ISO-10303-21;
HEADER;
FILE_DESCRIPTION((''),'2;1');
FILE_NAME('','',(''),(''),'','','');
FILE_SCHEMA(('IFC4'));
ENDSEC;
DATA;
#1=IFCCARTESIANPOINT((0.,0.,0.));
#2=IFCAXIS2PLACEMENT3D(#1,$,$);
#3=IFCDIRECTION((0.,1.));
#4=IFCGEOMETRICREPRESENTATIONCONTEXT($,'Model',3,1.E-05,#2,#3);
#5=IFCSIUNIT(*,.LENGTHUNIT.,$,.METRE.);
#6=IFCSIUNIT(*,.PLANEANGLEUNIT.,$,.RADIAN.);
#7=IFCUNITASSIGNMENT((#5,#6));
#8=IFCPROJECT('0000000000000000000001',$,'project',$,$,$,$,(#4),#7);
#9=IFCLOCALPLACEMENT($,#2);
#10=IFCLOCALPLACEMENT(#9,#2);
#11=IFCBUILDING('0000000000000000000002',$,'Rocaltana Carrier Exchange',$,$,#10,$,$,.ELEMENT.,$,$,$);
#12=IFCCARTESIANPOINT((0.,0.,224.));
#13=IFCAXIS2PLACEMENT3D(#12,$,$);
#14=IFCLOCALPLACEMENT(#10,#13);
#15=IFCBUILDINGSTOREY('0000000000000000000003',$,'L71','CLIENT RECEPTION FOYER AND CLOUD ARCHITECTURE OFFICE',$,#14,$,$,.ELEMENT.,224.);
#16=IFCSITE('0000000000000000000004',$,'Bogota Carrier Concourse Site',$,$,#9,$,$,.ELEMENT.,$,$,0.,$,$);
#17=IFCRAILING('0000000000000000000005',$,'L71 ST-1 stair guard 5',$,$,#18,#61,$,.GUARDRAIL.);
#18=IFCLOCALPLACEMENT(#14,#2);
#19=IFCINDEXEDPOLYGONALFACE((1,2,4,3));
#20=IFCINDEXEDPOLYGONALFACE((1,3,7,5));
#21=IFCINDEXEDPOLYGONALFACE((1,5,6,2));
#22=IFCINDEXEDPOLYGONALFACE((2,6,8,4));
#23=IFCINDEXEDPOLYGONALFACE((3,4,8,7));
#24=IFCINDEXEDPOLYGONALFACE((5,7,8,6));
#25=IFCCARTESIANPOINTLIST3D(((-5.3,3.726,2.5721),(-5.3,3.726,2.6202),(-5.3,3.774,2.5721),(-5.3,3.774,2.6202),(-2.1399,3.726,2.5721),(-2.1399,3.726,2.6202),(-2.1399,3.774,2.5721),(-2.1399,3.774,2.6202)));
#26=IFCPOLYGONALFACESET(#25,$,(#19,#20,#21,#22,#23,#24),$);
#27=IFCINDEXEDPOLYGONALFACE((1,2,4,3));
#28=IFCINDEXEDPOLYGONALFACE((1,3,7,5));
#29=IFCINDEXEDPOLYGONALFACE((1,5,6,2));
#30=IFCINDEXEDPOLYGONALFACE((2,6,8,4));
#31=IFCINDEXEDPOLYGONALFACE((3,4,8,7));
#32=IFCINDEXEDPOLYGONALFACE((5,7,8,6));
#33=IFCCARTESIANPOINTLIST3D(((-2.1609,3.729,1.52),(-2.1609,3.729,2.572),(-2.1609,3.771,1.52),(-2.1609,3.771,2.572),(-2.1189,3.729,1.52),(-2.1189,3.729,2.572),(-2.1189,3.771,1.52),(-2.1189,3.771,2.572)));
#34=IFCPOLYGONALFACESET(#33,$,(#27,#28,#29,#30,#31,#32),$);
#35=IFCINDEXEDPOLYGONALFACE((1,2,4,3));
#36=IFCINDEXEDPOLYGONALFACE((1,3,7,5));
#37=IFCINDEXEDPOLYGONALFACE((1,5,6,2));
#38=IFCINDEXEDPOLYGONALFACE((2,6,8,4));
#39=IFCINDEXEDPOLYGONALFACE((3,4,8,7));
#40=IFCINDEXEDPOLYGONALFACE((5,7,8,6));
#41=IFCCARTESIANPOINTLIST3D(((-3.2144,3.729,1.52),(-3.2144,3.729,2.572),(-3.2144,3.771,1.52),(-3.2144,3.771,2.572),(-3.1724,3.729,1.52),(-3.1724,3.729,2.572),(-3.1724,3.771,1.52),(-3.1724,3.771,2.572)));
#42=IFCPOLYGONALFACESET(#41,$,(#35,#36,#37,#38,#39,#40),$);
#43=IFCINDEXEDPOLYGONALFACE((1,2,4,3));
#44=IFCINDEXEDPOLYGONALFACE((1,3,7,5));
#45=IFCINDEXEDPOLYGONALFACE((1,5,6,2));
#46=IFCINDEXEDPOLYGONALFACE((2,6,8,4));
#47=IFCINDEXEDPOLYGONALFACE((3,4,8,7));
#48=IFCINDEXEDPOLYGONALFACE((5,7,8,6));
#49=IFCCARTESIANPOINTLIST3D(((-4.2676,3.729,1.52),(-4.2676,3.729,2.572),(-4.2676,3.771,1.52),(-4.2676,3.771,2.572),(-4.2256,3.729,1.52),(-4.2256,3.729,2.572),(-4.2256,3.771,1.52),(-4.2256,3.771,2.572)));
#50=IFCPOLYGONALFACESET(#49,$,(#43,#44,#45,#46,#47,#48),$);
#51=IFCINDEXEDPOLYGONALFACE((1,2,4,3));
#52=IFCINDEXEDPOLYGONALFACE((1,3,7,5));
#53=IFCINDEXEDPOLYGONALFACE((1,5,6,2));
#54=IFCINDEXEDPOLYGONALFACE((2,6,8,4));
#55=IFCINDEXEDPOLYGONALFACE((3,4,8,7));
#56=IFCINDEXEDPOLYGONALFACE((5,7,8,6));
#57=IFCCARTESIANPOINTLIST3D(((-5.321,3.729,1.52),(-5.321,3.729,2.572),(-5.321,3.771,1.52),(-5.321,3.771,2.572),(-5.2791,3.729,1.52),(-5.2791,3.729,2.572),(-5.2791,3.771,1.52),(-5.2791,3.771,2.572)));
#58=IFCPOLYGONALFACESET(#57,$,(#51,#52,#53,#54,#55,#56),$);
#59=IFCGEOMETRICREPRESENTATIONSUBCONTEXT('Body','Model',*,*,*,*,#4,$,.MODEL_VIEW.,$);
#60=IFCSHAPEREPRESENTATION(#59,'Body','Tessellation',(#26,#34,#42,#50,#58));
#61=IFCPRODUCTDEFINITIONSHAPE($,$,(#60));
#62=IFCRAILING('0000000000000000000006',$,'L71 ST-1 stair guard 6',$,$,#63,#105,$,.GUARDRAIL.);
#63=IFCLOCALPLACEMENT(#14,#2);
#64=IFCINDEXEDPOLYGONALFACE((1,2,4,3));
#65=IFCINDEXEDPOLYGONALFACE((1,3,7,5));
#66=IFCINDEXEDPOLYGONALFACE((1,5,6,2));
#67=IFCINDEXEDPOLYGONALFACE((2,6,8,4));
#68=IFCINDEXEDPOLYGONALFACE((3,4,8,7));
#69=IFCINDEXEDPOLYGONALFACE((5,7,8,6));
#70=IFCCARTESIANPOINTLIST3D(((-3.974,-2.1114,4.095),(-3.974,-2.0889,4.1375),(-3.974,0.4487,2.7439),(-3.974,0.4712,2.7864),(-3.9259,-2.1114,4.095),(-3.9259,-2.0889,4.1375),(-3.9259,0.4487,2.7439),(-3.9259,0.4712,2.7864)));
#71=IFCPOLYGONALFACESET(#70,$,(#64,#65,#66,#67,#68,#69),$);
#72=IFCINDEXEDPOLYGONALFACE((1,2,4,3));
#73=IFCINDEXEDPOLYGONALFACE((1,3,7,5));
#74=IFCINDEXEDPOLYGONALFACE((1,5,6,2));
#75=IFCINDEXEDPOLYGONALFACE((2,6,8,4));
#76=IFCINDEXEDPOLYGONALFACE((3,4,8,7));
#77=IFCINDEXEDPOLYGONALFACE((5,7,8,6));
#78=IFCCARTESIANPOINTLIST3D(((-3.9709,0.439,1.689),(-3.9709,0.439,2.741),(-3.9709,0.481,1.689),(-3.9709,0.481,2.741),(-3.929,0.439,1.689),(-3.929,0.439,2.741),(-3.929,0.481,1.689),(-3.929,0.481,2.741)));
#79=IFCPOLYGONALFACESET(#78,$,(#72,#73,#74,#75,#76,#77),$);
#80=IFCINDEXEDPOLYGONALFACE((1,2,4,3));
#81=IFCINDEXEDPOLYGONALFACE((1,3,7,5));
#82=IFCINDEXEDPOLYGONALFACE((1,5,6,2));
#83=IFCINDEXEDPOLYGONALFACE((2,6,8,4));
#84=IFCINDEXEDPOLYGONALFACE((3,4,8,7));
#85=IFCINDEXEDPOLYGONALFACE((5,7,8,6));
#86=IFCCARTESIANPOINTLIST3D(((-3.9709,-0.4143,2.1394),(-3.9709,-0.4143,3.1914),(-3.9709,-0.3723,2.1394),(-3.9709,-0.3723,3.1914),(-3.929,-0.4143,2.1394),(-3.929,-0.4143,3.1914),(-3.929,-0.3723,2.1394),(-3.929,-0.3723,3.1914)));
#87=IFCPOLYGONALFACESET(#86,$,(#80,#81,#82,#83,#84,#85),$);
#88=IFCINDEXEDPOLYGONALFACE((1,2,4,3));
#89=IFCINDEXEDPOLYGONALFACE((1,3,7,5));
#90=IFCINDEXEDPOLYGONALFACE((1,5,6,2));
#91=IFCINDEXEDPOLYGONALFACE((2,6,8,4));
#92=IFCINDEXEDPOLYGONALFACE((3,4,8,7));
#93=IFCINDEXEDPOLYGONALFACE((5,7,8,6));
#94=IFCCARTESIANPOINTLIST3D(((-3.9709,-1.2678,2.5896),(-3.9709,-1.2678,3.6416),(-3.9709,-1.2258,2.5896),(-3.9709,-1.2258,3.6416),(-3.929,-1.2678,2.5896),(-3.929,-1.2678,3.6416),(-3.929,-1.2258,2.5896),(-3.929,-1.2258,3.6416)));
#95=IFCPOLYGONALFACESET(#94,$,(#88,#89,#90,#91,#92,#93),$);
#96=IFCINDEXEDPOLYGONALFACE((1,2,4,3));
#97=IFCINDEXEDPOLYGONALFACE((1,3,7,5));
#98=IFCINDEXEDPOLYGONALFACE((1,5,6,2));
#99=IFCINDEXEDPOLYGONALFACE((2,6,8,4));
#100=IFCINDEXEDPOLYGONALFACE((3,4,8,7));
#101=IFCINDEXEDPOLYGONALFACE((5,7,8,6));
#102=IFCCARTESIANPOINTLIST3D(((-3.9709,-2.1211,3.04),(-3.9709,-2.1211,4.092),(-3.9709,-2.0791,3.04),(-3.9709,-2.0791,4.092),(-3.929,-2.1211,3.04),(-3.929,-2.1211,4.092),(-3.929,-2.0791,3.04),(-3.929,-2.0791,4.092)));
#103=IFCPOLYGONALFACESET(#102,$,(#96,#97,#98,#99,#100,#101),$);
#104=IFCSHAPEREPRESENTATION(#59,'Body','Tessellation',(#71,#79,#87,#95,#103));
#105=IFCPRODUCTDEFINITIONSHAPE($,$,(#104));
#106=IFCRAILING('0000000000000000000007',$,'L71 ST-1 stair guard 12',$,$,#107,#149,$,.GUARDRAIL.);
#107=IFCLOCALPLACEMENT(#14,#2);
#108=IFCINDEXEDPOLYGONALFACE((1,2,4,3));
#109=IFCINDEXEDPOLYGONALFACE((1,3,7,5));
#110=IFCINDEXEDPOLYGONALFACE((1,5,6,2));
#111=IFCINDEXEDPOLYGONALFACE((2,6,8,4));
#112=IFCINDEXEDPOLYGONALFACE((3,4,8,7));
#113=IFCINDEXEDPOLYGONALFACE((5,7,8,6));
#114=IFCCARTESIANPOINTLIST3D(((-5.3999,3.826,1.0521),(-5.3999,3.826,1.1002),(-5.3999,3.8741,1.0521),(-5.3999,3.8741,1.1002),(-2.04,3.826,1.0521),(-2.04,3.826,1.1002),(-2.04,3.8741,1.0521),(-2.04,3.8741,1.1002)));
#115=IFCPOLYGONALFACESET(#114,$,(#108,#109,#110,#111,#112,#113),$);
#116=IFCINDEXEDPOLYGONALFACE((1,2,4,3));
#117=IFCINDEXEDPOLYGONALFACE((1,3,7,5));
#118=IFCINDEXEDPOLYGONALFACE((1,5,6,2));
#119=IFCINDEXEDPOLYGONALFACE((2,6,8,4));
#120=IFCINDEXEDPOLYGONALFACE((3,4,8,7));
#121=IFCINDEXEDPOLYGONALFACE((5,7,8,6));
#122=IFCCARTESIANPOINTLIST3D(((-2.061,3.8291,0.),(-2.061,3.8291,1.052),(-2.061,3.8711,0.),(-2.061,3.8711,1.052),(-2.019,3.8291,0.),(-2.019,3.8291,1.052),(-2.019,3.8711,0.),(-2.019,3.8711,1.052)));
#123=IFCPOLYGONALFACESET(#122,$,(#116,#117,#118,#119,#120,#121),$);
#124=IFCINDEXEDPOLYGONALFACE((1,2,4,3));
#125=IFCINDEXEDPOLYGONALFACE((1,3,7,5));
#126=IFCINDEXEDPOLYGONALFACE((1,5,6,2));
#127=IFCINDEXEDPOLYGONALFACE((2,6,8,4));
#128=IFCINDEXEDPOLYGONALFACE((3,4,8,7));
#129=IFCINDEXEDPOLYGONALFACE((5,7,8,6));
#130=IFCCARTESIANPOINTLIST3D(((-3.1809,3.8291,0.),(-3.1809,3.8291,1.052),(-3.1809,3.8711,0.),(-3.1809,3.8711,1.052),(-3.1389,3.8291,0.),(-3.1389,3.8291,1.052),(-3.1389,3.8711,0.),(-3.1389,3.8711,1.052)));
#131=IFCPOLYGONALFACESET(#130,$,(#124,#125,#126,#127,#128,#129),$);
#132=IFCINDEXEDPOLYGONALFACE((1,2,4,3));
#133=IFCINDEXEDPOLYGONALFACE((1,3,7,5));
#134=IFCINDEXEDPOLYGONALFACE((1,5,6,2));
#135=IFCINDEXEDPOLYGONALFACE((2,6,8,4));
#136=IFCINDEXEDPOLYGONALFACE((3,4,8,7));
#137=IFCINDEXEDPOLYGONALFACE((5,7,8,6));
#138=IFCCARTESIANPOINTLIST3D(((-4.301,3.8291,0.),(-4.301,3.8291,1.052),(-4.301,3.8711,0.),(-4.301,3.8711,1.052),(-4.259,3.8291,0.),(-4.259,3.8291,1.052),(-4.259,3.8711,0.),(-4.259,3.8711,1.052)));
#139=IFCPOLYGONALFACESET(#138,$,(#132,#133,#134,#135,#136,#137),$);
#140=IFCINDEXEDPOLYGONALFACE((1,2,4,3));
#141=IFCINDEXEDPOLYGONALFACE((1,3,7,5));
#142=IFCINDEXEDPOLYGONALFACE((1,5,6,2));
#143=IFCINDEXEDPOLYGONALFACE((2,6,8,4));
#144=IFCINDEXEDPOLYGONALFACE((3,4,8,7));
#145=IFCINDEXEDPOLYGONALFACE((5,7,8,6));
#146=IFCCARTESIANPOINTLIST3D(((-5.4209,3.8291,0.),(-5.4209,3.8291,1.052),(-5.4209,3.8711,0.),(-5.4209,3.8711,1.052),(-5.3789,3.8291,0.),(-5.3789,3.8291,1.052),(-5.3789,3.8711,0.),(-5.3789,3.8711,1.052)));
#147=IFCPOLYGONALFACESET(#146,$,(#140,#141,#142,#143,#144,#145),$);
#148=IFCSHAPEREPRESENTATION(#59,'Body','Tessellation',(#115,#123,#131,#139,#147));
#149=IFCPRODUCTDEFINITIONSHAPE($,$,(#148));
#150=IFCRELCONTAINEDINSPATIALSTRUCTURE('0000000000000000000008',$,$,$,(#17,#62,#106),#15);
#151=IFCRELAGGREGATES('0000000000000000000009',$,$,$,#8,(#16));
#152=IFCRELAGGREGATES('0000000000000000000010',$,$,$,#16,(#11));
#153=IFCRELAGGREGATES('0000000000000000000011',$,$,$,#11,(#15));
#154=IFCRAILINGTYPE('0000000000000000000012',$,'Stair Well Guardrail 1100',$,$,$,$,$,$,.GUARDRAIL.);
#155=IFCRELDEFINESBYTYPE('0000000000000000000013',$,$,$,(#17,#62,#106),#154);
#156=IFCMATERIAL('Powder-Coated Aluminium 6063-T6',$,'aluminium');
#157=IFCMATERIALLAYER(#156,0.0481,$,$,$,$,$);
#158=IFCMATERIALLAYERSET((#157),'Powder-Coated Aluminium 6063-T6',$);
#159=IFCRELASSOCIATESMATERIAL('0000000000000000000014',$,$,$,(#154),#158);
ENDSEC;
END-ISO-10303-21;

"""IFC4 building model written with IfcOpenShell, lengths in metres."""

from ifc_helpers import new_model, si_unit, direction, frame, origin, origin_2d, place, context, subcontext, project, spatial, rectangle, extrude, material, layer, layer_set, type_object, element, save


model = new_model("IFC4")

# Units and contexts
model_context = context("Model", 3, precision=1e-05, world=origin(), true_north=direction((0.0, 1.0)))
body_context = subcontext(model_context, "Body", "Model", "MODEL_VIEW")
ifc_project = project(units=[si_unit("LENGTHUNIT", "METRE"), si_unit("PLANEANGLEUNIT", "RADIAN")], contexts=[model_context])

# Site, building, storey
site_placement = place(None, origin())
site = spatial("IfcSite", under=ifc_project, at=site_placement, Name="Bogota Carrier Concourse Site", CompositionType="ELEMENT", RefElevation=0.0)
building_placement = place(site_placement, origin())
building = spatial("IfcBuilding", under=site, at=building_placement, Name="Rocaltana Carrier Exchange", CompositionType="ELEMENT")
storey_placement = place(building_placement, frame((0.0, 0.0, 224.0)))
storey = spatial("IfcBuildingStorey", under=building, at=storey_placement, Name="L71", Description="CLIENT RECEPTION FOYER AND CLOUD ARCHITECTURE OFFICE", CompositionType="ELEMENT", Elevation=224.0)

# Railings
ifc_material_1 = material(Name="Powder-Coated Aluminium 6063-T6", Category="aluminium")
ifc_layer_1 = layer(ifc_material_1, 0.0481)
ifc_layer_set_1 = layer_set([ifc_layer_1], Name="Powder-Coated Aluminium 6063-T6")
railing_type_1 = type_object("IfcRailingType", Name="Stair Well Guardrail 1100", PredefinedType="GUARDRAIL", material=ifc_layer_set_1)
railing_1_placement = place(storey_placement, frame((-2.1399, 3.75, 1.52)))
element("IfcRailing", 1, at=railing_1_placement, inside=storey, type_object=railing_type_1, Name="L71 ST-1 stair guard 5", PredefinedType="GUARDRAIL", context=body_context, shape_type="SweptSolid", body=[
    extrude(rectangle(XDim=0.0481, YDim=0.0481, at=origin_2d()), frame((0.0, 0.0, 1.0762), z_axis=(-1.0, 0.0, 0.0), x_axis=(0.0, -1.0, 0.0)), (0.0, 0.0, 1.0), 3.1602),
    extrude(rectangle(XDim=0.042, YDim=0.042, at=origin_2d()), origin(), (0.0, 0.0, 1.0), 1.052),
    extrude(rectangle(XDim=0.042, YDim=0.042, at=origin_2d()), frame((-1.0535, 0.0, 0.0)), (0.0, 0.0, 1.0), 1.052),
    extrude(rectangle(XDim=0.042, YDim=0.042, at=origin_2d()), frame((-2.1067, 0.0, 0.0)), (0.0, 0.0, 1.0), 1.052),
    extrude(rectangle(XDim=0.042, YDim=0.042, at=origin_2d()), frame((-3.1602, 0.0, 0.0)), (0.0, 0.0, 1.0), 1.052),
])
railing_2_placement = place(storey_placement, frame((-3.95, 0.46, 1.689)))
element("IfcRailing", 2, at=railing_2_placement, inside=storey, type_object=railing_type_1, Name="L71 ST-1 stair guard 6", PredefinedType="GUARDRAIL", context=body_context, shape_type="SweptSolid", body=[
    extrude(rectangle(XDim=0.0481, YDim=0.0481, at=origin_2d()), frame((0.0, 0.0, 1.0762), z_axis=(0.0, -0.884394, 0.46674), x_axis=(1.0, 0.0, 0.0)), (0.0, 0.0, 1.0), 2.8948),
    extrude(rectangle(XDim=0.042, YDim=0.042, at=origin_2d()), origin(), (0.0, 0.0, 1.0), 1.052),
    extrude(rectangle(XDim=0.042, YDim=0.042, at=origin_2d()), frame((0.0, -0.8533, 0.4504)), (0.0, 0.0, 1.0), 1.052),
    extrude(rectangle(XDim=0.042, YDim=0.042, at=origin_2d()), frame((0.0, -1.7068, 0.9006)), (0.0, 0.0, 1.0), 1.052),
    extrude(rectangle(XDim=0.042, YDim=0.042, at=origin_2d()), frame((0.0, -2.5601, 1.3511)), (0.0, 0.0, 1.0), 1.052),
])
railing_3_placement = place(storey_placement, frame((-2.04, 3.8501, 0.0)))
element("IfcRailing", 3, at=railing_3_placement, inside=storey, type_object=railing_type_1, Name="L71 ST-1 stair guard 12", PredefinedType="GUARDRAIL", context=body_context, shape_type="SweptSolid", body=[
    extrude(rectangle(XDim=0.0481, YDim=0.0481, at=origin_2d()), frame((0.0, 0.0, 1.0762), z_axis=(-1.0, 0.0, 0.0), x_axis=(0.0, -1.0, 0.0)), (0.0, 0.0, 1.0), 3.3599),
    extrude(rectangle(XDim=0.042, YDim=0.042, at=origin_2d()), origin(), (0.0, 0.0, 1.0), 1.052),
    extrude(rectangle(XDim=0.042, YDim=0.042, at=origin_2d()), frame((-1.1199, 0.0, 0.0)), (0.0, 0.0, 1.0), 1.052),
    extrude(rectangle(XDim=0.042, YDim=0.042, at=origin_2d()), frame((-2.24, 0.0, 0.0)), (0.0, 0.0, 1.0), 1.052),
    extrude(rectangle(XDim=0.042, YDim=0.042, at=origin_2d()), frame((-3.3599, 0.0, 0.0)), (0.0, 0.0, 1.0), 1.052),
])

save(model, "model.ifc")
